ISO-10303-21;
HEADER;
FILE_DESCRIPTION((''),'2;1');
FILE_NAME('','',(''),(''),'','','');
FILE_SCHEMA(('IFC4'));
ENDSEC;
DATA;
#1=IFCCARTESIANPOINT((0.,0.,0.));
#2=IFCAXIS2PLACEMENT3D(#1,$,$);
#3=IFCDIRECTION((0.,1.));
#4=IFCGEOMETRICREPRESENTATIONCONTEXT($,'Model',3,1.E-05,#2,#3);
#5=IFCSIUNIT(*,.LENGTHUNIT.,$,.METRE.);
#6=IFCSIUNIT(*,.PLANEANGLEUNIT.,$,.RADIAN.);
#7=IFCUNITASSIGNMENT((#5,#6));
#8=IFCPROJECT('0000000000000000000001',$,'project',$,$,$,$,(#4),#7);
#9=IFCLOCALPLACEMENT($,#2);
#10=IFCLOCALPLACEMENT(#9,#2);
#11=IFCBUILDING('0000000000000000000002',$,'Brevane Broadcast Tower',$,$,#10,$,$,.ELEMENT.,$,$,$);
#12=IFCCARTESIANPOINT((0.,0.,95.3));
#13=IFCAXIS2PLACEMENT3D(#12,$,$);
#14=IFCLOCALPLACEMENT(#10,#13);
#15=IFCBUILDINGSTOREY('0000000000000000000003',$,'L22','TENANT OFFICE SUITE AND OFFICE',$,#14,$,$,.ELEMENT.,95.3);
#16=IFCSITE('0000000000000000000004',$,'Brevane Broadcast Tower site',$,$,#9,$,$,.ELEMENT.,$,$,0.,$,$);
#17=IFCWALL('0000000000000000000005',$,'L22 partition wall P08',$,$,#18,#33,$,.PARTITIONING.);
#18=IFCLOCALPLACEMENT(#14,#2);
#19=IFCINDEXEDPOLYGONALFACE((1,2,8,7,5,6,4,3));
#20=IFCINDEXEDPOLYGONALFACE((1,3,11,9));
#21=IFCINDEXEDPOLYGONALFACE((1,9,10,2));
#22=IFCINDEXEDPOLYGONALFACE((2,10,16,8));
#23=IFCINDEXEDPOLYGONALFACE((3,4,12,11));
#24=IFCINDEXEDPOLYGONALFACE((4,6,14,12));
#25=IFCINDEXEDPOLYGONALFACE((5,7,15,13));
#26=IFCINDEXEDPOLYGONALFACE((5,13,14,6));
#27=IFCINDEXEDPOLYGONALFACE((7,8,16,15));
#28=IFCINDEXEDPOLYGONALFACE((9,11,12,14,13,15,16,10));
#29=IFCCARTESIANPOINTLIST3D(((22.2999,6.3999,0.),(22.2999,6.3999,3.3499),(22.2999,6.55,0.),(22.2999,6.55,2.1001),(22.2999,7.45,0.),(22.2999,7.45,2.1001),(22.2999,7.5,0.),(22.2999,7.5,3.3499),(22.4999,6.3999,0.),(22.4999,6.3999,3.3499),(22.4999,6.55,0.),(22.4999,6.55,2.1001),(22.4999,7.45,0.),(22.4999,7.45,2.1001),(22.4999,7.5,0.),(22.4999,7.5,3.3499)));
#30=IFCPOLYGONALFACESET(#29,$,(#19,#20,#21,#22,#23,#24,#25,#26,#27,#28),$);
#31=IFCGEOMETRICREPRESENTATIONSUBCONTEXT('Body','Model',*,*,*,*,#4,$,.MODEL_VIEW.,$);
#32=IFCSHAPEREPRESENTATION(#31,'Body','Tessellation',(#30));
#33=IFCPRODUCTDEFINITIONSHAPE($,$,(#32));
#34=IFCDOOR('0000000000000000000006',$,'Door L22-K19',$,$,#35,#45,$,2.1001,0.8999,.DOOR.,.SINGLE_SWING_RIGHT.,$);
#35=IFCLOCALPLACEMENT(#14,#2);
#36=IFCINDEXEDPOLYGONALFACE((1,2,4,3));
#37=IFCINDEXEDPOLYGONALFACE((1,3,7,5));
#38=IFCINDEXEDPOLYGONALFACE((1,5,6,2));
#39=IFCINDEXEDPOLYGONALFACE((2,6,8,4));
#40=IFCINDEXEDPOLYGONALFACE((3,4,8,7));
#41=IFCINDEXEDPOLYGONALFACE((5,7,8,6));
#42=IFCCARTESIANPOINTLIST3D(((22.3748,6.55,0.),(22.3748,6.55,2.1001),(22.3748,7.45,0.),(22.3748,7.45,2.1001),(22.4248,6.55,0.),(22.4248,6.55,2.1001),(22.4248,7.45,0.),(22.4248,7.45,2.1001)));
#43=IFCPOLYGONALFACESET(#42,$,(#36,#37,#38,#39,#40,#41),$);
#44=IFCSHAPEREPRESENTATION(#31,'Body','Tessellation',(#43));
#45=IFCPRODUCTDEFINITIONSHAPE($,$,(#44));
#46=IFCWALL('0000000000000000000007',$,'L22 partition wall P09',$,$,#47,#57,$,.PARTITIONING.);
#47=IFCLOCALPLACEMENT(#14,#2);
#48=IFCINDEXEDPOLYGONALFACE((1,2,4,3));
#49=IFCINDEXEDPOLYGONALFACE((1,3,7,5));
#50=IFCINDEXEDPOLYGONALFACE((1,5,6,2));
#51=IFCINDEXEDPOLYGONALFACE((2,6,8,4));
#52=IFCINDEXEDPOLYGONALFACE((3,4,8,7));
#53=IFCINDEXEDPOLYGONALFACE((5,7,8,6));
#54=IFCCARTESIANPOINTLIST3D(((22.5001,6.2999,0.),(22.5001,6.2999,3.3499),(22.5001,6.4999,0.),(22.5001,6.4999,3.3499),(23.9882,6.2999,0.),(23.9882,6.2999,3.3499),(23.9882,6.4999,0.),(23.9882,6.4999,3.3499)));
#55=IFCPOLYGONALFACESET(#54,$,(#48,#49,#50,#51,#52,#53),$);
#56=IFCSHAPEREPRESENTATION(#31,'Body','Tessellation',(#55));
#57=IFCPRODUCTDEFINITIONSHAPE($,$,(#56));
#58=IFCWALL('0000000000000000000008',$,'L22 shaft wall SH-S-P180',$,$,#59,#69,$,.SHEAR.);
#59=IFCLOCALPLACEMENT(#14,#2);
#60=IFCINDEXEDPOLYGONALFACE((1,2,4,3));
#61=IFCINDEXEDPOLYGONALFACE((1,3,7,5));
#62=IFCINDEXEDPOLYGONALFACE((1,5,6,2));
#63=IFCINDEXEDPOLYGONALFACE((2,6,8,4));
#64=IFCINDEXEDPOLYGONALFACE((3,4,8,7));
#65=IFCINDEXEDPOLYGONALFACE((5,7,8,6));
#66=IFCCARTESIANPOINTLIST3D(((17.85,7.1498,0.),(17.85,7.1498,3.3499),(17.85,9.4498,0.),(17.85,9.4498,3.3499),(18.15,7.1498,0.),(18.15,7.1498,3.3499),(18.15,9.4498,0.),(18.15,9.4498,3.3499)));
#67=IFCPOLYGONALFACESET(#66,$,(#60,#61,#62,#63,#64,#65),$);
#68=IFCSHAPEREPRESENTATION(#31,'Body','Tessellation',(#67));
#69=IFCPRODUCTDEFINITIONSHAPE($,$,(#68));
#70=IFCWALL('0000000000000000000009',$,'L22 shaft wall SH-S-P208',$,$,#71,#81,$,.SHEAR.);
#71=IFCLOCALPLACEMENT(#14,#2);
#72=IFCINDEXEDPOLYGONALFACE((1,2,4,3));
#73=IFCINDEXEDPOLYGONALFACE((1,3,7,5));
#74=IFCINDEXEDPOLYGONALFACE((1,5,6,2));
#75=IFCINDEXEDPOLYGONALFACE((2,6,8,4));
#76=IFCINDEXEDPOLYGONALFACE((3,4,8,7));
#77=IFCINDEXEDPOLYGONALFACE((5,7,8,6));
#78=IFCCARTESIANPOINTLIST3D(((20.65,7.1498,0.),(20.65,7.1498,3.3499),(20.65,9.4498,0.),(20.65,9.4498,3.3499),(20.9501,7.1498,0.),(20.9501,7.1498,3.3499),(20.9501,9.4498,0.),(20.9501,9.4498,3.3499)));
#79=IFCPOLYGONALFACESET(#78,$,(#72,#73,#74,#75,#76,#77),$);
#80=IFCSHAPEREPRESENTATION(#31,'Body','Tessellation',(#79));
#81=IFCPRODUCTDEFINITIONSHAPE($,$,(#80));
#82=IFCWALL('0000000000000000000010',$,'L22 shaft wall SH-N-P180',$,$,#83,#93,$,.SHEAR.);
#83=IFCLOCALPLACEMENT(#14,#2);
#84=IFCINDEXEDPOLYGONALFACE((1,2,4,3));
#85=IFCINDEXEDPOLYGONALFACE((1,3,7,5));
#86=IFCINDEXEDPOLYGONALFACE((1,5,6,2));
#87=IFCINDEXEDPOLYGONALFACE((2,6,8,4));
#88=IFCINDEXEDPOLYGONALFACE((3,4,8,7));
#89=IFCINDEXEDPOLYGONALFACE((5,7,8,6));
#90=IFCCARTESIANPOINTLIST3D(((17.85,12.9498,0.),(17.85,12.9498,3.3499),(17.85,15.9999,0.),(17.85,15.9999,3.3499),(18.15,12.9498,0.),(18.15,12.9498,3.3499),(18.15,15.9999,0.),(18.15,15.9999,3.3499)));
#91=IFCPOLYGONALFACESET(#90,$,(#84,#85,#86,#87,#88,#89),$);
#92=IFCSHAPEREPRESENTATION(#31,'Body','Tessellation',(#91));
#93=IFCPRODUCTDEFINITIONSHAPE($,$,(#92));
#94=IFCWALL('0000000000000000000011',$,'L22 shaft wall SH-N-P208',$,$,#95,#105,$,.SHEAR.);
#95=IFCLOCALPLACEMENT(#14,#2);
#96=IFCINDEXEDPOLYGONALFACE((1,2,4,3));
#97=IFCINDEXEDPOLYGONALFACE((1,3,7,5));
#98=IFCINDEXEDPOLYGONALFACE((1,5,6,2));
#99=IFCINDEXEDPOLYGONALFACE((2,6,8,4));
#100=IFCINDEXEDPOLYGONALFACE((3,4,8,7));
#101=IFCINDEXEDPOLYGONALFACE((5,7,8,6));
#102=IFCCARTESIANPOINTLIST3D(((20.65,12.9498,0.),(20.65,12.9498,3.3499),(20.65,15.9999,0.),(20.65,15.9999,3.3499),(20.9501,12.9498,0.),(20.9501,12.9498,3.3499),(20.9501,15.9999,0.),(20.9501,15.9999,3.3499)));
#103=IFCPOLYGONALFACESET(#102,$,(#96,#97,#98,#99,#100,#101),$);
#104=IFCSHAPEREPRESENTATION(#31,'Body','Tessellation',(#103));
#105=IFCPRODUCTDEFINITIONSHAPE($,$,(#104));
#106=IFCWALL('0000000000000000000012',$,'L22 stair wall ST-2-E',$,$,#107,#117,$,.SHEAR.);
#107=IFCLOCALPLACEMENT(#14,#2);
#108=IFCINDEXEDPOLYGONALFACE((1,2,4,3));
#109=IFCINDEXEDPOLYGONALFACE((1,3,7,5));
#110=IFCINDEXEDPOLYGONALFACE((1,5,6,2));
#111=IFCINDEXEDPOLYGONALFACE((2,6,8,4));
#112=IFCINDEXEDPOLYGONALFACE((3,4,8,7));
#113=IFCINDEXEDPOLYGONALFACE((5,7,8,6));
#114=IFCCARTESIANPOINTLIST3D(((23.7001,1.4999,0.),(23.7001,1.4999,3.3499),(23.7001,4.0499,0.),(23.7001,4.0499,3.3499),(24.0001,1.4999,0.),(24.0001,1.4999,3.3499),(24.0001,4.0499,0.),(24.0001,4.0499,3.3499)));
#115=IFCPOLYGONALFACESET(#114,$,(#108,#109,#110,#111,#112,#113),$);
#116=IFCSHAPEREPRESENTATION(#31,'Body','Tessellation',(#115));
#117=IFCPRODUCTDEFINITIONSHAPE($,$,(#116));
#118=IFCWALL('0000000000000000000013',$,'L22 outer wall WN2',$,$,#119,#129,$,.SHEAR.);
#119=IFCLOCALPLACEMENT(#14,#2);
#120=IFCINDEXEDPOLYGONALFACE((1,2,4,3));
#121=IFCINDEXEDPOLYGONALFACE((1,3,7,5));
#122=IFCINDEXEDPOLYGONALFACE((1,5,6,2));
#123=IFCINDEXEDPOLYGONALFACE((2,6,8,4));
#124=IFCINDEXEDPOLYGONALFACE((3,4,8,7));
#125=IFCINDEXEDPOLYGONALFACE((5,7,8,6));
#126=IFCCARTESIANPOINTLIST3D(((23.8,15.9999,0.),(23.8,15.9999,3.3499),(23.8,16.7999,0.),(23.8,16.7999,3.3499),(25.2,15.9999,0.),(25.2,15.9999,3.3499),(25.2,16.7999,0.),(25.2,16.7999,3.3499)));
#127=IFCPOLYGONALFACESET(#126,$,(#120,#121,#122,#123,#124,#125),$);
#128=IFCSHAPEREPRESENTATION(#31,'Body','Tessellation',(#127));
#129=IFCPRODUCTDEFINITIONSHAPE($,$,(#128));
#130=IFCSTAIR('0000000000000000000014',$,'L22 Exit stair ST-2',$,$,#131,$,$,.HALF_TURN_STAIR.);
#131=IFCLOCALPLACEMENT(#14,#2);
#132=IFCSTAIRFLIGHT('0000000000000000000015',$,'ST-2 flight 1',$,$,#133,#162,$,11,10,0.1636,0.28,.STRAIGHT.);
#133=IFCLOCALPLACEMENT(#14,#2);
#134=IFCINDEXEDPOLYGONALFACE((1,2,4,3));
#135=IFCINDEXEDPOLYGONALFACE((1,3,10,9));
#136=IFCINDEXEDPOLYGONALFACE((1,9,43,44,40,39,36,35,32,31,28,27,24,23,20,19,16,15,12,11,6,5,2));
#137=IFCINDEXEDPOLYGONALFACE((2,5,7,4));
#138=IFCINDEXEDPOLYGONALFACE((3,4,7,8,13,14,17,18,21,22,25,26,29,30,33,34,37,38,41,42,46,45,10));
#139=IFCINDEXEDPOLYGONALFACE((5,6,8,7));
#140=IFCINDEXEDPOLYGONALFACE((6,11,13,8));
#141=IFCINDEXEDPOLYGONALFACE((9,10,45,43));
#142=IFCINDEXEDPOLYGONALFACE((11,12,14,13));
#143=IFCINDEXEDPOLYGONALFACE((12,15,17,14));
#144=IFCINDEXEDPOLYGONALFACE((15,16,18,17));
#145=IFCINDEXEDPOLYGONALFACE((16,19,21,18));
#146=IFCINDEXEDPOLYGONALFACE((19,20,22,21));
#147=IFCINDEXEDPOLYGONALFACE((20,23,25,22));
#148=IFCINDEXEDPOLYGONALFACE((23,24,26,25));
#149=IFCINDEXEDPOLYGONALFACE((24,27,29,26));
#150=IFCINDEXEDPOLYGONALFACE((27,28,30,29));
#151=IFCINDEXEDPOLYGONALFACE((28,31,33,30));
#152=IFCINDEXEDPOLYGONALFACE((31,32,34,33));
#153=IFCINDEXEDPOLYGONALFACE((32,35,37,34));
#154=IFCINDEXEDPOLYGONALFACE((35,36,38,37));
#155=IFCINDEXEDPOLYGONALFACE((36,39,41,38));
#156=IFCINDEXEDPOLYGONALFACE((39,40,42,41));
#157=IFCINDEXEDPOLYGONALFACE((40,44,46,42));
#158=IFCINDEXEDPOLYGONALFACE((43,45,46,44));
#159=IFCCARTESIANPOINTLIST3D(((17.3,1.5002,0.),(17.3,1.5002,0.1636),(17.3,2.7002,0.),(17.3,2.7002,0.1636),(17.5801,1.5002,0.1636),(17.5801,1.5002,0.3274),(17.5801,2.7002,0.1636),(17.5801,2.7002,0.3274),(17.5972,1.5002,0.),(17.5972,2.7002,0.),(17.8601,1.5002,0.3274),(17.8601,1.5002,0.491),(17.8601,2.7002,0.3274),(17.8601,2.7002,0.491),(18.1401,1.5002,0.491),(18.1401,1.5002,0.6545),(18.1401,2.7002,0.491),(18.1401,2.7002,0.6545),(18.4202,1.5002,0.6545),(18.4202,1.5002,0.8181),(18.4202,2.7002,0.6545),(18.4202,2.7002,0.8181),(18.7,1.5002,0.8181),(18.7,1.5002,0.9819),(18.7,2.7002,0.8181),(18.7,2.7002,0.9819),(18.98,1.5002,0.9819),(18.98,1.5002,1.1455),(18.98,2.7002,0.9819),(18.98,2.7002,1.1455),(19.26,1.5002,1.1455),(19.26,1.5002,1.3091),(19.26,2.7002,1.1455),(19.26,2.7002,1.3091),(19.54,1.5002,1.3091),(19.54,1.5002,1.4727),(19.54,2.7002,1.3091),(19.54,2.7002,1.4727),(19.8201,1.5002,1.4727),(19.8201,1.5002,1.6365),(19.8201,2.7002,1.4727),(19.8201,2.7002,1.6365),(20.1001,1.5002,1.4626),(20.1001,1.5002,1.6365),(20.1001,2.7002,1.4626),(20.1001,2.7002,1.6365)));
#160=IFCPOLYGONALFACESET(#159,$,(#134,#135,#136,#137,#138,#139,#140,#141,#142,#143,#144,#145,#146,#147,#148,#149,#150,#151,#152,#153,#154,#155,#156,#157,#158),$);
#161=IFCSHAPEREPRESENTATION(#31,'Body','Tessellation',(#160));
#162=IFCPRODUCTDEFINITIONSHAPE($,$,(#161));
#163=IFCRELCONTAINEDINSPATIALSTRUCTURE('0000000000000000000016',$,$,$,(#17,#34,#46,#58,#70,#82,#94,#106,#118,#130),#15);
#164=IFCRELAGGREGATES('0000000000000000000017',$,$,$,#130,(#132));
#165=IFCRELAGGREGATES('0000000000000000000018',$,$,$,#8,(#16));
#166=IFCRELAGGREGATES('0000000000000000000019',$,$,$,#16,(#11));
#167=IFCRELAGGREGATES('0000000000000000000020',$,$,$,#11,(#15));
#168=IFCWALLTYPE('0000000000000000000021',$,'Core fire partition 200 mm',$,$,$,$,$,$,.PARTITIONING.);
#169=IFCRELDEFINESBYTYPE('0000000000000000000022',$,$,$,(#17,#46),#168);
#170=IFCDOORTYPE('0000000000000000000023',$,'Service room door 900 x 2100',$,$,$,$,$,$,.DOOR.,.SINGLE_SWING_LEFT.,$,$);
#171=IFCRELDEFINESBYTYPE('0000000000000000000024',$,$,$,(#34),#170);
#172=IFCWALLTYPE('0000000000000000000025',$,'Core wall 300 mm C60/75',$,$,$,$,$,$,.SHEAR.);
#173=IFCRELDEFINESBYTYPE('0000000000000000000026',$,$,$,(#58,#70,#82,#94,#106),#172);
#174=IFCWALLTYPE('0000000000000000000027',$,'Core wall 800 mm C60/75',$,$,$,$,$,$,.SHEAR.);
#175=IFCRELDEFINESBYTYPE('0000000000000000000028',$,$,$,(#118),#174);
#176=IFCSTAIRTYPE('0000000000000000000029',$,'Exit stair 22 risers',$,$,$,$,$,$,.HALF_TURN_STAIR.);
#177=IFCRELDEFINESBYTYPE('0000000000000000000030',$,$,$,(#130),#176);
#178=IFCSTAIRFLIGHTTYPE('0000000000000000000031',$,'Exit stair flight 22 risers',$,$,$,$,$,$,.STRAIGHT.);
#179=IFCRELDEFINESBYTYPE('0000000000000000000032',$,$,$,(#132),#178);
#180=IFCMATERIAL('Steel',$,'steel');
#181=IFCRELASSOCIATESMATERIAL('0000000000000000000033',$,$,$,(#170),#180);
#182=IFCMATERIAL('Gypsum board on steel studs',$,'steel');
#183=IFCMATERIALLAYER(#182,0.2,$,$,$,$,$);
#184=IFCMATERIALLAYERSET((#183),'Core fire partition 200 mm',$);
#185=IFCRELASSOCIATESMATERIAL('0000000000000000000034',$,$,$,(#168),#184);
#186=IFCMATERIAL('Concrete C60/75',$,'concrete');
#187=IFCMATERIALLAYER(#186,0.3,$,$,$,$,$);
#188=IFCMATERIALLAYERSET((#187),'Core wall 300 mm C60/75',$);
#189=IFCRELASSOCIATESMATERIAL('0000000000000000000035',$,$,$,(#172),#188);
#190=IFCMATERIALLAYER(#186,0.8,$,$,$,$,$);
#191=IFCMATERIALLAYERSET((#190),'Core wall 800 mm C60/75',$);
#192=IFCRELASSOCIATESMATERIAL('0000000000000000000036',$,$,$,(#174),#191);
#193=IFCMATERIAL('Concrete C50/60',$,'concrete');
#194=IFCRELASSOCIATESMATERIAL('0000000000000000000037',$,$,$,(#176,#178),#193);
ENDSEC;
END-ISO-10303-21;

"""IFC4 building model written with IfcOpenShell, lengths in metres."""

from ifc_helpers import new_model, si_unit, direction, frame, frame_2d, origin, place, context, subcontext, project, spatial, polyline, rectangle, outline, extrude, material, layer, layer_set, type_object, element, fill, aggregate, save


model = new_model("IFC4")

# Units and contexts
model_context = context("Model", 3, precision=1e-05, world=origin(), true_north=direction((0.0, 1.0)))
body_context = subcontext(model_context, "Body", "Model", "MODEL_VIEW")
ifc_project = project(units=[si_unit("LENGTHUNIT", "METRE"), si_unit("PLANEANGLEUNIT", "RADIAN")], contexts=[model_context])

# Site, building, storey
site_placement = place(None, origin())
site = spatial("IfcSite", under=ifc_project, at=site_placement, Name="Brevane Broadcast Tower site", CompositionType="ELEMENT", RefElevation=0.0)
building_placement = place(site_placement, origin())
building = spatial("IfcBuilding", under=site, at=building_placement, Name="Brevane Broadcast Tower", CompositionType="ELEMENT")
storey_placement = place(building_placement, frame((0.0, 0.0, 95.3)))
storey = spatial("IfcBuildingStorey", under=building, at=storey_placement, Name="L22", Description="TENANT OFFICE SUITE AND OFFICE", CompositionType="ELEMENT", Elevation=95.3)

# Shared definitions
ifc_material_1 = material(Name="Gypsum board on steel studs", Category="steel")
ifc_material_2 = material(Name="Steel", Category="steel")

# Shared definitions
door_type_1 = type_object("IfcDoorType", Name="Service room door 900 x 2100", OperationType="SINGLE_SWING_LEFT", PredefinedType="DOOR", material=ifc_material_2)

# Shared definitions
ifc_layer_1 = layer(ifc_material_1, 0.2)
ifc_layer_set_1 = layer_set([ifc_layer_1], Name="Core fire partition 200 mm")
wall_type_1 = type_object("IfcWallType", Name="Core fire partition 200 mm", PredefinedType="PARTITIONING", material=ifc_layer_set_1)

# Wall, opening, door
wall_1_placement = place(storey_placement, frame((22.3999, 7.5, 0.0), z_axis=(0.0, 0.0, 1.0), x_axis=(0.0, -1.0, 0.0)))
wall_1 = element("IfcWall", 1, at=wall_1_placement, inside=storey, type_object=wall_type_1, Name="L22 partition wall P08", PredefinedType="PARTITIONING", context=body_context, shape_type="SweptSolid", body=[
    extrude(rectangle(XDim=1.1001, YDim=0.2, at=frame_2d((0.55, 0.0))), origin(), (0.0, 0.0, 1.0), 3.3499),
])
opening_1_placement = place(wall_1_placement, frame((0.05, 0.0, 0.0)))
opening_1 = element("IfcOpeningElement", 2, at=opening_1_placement, cuts=wall_1, PredefinedType="OPENING", context=body_context, shape_type="SweptSolid", body=[
    extrude(rectangle(XDim=0.8999, YDim=2.1001, at=frame_2d((0.45, 1.05))), frame((0.0, 0.1099, 0.0), z_axis=(0.0, -1.0, 0.0), x_axis=(1.0, 0.0, 0.0)), (0.0, 0.0, 1.0), 0.22),
])
door_1_placement = place(opening_1_placement, origin())
door_1 = element("IfcDoor", 3, at=door_1_placement, inside=storey, type_object=door_type_1, Name="Door L22-K19", OperationType="SINGLE_SWING_RIGHT", OverallHeight=2.1001, OverallWidth=0.8999, PredefinedType="DOOR", context=body_context, shape_type="SweptSolid", body=[
    extrude(rectangle(XDim=0.8999, YDim=2.1001, at=frame_2d((0.45, 1.05))), frame((0.0, 0.0249, 0.0), z_axis=(0.0, -1.0, 0.0), x_axis=(1.0, 0.0, 0.0)), (0.0, 0.0, 1.0), 0.05),
])
fill(opening_1, door_1)

# Walls
wall_2_placement = place(storey_placement, frame((22.5, 6.3999, 0.0), z_axis=(0.0, 0.0, 1.0), x_axis=(1.0, 0.0, 0.0)))
element("IfcWall", 4, at=wall_2_placement, inside=storey, type_object=wall_type_1, Name="L22 partition wall P09", PredefinedType="PARTITIONING", context=body_context, shape_type="SweptSolid", body=[
    extrude(rectangle(XDim=1.488, YDim=0.2, at=frame_2d((0.7441, 0.0))), origin(), (0.0, 0.0, 1.0), 3.3499),
])
ifc_material_3 = material(Name="Concrete C60/75", Category="concrete")
ifc_layer_2 = layer(ifc_material_3, 0.3)
ifc_layer_set_2 = layer_set([ifc_layer_2], Name="Core wall 300 mm C60/75")
wall_type_2 = type_object("IfcWallType", Name="Core wall 300 mm C60/75", PredefinedType="SHEAR", material=ifc_layer_set_2)
for number, where, z_axis, x_axis, name in (
    (5, (18.0, 7.1499, 0.0), (0.0, 0.0, 1.0), (0.0, 1.0, 0.0), "L22 shaft wall SH-S-P180"),
    (6, (20.8, 7.1499, 0.0), (0.0, 0.0, 1.0), (0.0, 1.0, 0.0), "L22 shaft wall SH-S-P208"),
):
    element("IfcWall", number, at=place(storey_placement, frame(where, z_axis=z_axis, x_axis=x_axis)), inside=storey, type_object=wall_type_2, Name=name, PredefinedType="SHEAR", context=body_context, shape_type="SweptSolid", body=[
        extrude(rectangle(XDim=2.3, YDim=0.3, at=frame_2d((1.1499, 0.0))), origin(), (0.0, 0.0, 1.0), 3.3499),
    ])
for number, where, z_axis, x_axis, name in (
    (7, (18.0, 12.95, 0.0), (0.0, 0.0, 1.0), (0.0, 1.0, 0.0), "L22 shaft wall SH-N-P180"),
    (8, (20.8, 12.95, 0.0), (0.0, 0.0, 1.0), (0.0, 1.0, 0.0), "L22 shaft wall SH-N-P208"),
):
    element("IfcWall", number, at=place(storey_placement, frame(where, z_axis=z_axis, x_axis=x_axis)), inside=storey, type_object=wall_type_2, Name=name, PredefinedType="SHEAR", context=body_context, shape_type="SweptSolid", body=[
        extrude(rectangle(XDim=3.05, YDim=0.3, at=frame_2d((1.5249, 0.0))), origin(), (0.0, 0.0, 1.0), 3.3499),
    ])
wall_3_placement = place(storey_placement, frame((23.8501, 1.5, 0.0), z_axis=(0.0, 0.0, 1.0), x_axis=(0.0, 1.0, 0.0)))
element("IfcWall", 9, at=wall_3_placement, inside=storey, type_object=wall_type_2, Name="L22 stair wall ST-2-E", PredefinedType="SHEAR", context=body_context, shape_type="SweptSolid", body=[
    extrude(rectangle(XDim=2.55, YDim=0.3, at=frame_2d((1.2749, 0.0))), origin(), (0.0, 0.0, 1.0), 3.3499),
])
ifc_layer_3 = layer(ifc_material_3, 0.8)
ifc_layer_set_3 = layer_set([ifc_layer_3], Name="Core wall 800 mm C60/75")
wall_type_3 = type_object("IfcWallType", Name="Core wall 800 mm C60/75", PredefinedType="SHEAR", material=ifc_layer_set_3)
wall_4_placement = place(storey_placement, frame((23.8, 16.3999, 0.0), z_axis=(0.0, 0.0, 1.0), x_axis=(1.0, 0.0, 0.0)))
element("IfcWall", 10, at=wall_4_placement, inside=storey, type_object=wall_type_3, Name="L22 outer wall WN2", PredefinedType="SHEAR", context=body_context, shape_type="SweptSolid", body=[
    extrude(rectangle(XDim=1.3999, YDim=0.8, at=frame_2d((0.7, 0.0))), origin(), (0.0, 0.0, 1.0), 3.3499),
])

# Stair, stair flight
ifc_material_4 = material(Name="Concrete C50/60", Category="concrete")
stair_type = type_object("IfcStairType", Name="Exit stair 22 risers", PredefinedType="HALF_TURN_STAIR", material=ifc_material_4)
stair_placement = place(storey_placement, origin())
stair = element("IfcStair", 11, at=stair_placement, inside=storey, type_object=stair_type, Name="L22 Exit stair ST-2", PredefinedType="HALF_TURN_STAIR")
stair_flight_type = type_object("IfcStairFlightType", Name="Exit stair flight 22 risers", PredefinedType="STRAIGHT", material=ifc_material_4)
stair_flight_1_placement = place(storey_placement, frame((17.3, 2.1001, 0.0), z_axis=(0.0, 0.0, 1.0), x_axis=(1.0, 0.0, 0.0)))
stair_flight_1 = element("IfcStairFlight", 12, at=stair_flight_1_placement, type_object=stair_flight_type, Name="ST-2 flight 1", NumberOfRisers=11, NumberOfTreads=10, PredefinedType="STRAIGHT", RiserHeight=0.1636, TreadLength=0.28, context=body_context, shape_type="SweptSolid", body=[
    extrude(outline(polyline([(0.0, 0.0), (0.0, 0.1636), (0.28, 0.1636), (0.28, 0.3274), (0.5601, 0.3274), (0.5601, 0.491), (0.8401, 0.491), (0.8401, 0.6545), (1.1201, 0.6545), (1.1201, 0.8181), (1.3999, 0.8181), (1.3999, 0.9819), (1.6799, 0.9819), (1.6799, 1.1455), (1.96, 1.1455), (1.96, 1.3091), (2.24, 1.3091), (2.24, 1.4727), (2.52, 1.4727), (2.52, 1.6365), (2.8, 1.6365), (2.8, 1.8), (2.8, 1.4626), (0.2971, 0.0), (0.0, 0.0)])), frame((0.0, 0.6001, 0.0), z_axis=(0.0, -1.0, 0.0), x_axis=(1.0, 0.0, 0.0)), (0.0, 0.0, 1.0), 1.2),
])
aggregate(stair, [stair_flight_1])

save(model, "model.ifc")
